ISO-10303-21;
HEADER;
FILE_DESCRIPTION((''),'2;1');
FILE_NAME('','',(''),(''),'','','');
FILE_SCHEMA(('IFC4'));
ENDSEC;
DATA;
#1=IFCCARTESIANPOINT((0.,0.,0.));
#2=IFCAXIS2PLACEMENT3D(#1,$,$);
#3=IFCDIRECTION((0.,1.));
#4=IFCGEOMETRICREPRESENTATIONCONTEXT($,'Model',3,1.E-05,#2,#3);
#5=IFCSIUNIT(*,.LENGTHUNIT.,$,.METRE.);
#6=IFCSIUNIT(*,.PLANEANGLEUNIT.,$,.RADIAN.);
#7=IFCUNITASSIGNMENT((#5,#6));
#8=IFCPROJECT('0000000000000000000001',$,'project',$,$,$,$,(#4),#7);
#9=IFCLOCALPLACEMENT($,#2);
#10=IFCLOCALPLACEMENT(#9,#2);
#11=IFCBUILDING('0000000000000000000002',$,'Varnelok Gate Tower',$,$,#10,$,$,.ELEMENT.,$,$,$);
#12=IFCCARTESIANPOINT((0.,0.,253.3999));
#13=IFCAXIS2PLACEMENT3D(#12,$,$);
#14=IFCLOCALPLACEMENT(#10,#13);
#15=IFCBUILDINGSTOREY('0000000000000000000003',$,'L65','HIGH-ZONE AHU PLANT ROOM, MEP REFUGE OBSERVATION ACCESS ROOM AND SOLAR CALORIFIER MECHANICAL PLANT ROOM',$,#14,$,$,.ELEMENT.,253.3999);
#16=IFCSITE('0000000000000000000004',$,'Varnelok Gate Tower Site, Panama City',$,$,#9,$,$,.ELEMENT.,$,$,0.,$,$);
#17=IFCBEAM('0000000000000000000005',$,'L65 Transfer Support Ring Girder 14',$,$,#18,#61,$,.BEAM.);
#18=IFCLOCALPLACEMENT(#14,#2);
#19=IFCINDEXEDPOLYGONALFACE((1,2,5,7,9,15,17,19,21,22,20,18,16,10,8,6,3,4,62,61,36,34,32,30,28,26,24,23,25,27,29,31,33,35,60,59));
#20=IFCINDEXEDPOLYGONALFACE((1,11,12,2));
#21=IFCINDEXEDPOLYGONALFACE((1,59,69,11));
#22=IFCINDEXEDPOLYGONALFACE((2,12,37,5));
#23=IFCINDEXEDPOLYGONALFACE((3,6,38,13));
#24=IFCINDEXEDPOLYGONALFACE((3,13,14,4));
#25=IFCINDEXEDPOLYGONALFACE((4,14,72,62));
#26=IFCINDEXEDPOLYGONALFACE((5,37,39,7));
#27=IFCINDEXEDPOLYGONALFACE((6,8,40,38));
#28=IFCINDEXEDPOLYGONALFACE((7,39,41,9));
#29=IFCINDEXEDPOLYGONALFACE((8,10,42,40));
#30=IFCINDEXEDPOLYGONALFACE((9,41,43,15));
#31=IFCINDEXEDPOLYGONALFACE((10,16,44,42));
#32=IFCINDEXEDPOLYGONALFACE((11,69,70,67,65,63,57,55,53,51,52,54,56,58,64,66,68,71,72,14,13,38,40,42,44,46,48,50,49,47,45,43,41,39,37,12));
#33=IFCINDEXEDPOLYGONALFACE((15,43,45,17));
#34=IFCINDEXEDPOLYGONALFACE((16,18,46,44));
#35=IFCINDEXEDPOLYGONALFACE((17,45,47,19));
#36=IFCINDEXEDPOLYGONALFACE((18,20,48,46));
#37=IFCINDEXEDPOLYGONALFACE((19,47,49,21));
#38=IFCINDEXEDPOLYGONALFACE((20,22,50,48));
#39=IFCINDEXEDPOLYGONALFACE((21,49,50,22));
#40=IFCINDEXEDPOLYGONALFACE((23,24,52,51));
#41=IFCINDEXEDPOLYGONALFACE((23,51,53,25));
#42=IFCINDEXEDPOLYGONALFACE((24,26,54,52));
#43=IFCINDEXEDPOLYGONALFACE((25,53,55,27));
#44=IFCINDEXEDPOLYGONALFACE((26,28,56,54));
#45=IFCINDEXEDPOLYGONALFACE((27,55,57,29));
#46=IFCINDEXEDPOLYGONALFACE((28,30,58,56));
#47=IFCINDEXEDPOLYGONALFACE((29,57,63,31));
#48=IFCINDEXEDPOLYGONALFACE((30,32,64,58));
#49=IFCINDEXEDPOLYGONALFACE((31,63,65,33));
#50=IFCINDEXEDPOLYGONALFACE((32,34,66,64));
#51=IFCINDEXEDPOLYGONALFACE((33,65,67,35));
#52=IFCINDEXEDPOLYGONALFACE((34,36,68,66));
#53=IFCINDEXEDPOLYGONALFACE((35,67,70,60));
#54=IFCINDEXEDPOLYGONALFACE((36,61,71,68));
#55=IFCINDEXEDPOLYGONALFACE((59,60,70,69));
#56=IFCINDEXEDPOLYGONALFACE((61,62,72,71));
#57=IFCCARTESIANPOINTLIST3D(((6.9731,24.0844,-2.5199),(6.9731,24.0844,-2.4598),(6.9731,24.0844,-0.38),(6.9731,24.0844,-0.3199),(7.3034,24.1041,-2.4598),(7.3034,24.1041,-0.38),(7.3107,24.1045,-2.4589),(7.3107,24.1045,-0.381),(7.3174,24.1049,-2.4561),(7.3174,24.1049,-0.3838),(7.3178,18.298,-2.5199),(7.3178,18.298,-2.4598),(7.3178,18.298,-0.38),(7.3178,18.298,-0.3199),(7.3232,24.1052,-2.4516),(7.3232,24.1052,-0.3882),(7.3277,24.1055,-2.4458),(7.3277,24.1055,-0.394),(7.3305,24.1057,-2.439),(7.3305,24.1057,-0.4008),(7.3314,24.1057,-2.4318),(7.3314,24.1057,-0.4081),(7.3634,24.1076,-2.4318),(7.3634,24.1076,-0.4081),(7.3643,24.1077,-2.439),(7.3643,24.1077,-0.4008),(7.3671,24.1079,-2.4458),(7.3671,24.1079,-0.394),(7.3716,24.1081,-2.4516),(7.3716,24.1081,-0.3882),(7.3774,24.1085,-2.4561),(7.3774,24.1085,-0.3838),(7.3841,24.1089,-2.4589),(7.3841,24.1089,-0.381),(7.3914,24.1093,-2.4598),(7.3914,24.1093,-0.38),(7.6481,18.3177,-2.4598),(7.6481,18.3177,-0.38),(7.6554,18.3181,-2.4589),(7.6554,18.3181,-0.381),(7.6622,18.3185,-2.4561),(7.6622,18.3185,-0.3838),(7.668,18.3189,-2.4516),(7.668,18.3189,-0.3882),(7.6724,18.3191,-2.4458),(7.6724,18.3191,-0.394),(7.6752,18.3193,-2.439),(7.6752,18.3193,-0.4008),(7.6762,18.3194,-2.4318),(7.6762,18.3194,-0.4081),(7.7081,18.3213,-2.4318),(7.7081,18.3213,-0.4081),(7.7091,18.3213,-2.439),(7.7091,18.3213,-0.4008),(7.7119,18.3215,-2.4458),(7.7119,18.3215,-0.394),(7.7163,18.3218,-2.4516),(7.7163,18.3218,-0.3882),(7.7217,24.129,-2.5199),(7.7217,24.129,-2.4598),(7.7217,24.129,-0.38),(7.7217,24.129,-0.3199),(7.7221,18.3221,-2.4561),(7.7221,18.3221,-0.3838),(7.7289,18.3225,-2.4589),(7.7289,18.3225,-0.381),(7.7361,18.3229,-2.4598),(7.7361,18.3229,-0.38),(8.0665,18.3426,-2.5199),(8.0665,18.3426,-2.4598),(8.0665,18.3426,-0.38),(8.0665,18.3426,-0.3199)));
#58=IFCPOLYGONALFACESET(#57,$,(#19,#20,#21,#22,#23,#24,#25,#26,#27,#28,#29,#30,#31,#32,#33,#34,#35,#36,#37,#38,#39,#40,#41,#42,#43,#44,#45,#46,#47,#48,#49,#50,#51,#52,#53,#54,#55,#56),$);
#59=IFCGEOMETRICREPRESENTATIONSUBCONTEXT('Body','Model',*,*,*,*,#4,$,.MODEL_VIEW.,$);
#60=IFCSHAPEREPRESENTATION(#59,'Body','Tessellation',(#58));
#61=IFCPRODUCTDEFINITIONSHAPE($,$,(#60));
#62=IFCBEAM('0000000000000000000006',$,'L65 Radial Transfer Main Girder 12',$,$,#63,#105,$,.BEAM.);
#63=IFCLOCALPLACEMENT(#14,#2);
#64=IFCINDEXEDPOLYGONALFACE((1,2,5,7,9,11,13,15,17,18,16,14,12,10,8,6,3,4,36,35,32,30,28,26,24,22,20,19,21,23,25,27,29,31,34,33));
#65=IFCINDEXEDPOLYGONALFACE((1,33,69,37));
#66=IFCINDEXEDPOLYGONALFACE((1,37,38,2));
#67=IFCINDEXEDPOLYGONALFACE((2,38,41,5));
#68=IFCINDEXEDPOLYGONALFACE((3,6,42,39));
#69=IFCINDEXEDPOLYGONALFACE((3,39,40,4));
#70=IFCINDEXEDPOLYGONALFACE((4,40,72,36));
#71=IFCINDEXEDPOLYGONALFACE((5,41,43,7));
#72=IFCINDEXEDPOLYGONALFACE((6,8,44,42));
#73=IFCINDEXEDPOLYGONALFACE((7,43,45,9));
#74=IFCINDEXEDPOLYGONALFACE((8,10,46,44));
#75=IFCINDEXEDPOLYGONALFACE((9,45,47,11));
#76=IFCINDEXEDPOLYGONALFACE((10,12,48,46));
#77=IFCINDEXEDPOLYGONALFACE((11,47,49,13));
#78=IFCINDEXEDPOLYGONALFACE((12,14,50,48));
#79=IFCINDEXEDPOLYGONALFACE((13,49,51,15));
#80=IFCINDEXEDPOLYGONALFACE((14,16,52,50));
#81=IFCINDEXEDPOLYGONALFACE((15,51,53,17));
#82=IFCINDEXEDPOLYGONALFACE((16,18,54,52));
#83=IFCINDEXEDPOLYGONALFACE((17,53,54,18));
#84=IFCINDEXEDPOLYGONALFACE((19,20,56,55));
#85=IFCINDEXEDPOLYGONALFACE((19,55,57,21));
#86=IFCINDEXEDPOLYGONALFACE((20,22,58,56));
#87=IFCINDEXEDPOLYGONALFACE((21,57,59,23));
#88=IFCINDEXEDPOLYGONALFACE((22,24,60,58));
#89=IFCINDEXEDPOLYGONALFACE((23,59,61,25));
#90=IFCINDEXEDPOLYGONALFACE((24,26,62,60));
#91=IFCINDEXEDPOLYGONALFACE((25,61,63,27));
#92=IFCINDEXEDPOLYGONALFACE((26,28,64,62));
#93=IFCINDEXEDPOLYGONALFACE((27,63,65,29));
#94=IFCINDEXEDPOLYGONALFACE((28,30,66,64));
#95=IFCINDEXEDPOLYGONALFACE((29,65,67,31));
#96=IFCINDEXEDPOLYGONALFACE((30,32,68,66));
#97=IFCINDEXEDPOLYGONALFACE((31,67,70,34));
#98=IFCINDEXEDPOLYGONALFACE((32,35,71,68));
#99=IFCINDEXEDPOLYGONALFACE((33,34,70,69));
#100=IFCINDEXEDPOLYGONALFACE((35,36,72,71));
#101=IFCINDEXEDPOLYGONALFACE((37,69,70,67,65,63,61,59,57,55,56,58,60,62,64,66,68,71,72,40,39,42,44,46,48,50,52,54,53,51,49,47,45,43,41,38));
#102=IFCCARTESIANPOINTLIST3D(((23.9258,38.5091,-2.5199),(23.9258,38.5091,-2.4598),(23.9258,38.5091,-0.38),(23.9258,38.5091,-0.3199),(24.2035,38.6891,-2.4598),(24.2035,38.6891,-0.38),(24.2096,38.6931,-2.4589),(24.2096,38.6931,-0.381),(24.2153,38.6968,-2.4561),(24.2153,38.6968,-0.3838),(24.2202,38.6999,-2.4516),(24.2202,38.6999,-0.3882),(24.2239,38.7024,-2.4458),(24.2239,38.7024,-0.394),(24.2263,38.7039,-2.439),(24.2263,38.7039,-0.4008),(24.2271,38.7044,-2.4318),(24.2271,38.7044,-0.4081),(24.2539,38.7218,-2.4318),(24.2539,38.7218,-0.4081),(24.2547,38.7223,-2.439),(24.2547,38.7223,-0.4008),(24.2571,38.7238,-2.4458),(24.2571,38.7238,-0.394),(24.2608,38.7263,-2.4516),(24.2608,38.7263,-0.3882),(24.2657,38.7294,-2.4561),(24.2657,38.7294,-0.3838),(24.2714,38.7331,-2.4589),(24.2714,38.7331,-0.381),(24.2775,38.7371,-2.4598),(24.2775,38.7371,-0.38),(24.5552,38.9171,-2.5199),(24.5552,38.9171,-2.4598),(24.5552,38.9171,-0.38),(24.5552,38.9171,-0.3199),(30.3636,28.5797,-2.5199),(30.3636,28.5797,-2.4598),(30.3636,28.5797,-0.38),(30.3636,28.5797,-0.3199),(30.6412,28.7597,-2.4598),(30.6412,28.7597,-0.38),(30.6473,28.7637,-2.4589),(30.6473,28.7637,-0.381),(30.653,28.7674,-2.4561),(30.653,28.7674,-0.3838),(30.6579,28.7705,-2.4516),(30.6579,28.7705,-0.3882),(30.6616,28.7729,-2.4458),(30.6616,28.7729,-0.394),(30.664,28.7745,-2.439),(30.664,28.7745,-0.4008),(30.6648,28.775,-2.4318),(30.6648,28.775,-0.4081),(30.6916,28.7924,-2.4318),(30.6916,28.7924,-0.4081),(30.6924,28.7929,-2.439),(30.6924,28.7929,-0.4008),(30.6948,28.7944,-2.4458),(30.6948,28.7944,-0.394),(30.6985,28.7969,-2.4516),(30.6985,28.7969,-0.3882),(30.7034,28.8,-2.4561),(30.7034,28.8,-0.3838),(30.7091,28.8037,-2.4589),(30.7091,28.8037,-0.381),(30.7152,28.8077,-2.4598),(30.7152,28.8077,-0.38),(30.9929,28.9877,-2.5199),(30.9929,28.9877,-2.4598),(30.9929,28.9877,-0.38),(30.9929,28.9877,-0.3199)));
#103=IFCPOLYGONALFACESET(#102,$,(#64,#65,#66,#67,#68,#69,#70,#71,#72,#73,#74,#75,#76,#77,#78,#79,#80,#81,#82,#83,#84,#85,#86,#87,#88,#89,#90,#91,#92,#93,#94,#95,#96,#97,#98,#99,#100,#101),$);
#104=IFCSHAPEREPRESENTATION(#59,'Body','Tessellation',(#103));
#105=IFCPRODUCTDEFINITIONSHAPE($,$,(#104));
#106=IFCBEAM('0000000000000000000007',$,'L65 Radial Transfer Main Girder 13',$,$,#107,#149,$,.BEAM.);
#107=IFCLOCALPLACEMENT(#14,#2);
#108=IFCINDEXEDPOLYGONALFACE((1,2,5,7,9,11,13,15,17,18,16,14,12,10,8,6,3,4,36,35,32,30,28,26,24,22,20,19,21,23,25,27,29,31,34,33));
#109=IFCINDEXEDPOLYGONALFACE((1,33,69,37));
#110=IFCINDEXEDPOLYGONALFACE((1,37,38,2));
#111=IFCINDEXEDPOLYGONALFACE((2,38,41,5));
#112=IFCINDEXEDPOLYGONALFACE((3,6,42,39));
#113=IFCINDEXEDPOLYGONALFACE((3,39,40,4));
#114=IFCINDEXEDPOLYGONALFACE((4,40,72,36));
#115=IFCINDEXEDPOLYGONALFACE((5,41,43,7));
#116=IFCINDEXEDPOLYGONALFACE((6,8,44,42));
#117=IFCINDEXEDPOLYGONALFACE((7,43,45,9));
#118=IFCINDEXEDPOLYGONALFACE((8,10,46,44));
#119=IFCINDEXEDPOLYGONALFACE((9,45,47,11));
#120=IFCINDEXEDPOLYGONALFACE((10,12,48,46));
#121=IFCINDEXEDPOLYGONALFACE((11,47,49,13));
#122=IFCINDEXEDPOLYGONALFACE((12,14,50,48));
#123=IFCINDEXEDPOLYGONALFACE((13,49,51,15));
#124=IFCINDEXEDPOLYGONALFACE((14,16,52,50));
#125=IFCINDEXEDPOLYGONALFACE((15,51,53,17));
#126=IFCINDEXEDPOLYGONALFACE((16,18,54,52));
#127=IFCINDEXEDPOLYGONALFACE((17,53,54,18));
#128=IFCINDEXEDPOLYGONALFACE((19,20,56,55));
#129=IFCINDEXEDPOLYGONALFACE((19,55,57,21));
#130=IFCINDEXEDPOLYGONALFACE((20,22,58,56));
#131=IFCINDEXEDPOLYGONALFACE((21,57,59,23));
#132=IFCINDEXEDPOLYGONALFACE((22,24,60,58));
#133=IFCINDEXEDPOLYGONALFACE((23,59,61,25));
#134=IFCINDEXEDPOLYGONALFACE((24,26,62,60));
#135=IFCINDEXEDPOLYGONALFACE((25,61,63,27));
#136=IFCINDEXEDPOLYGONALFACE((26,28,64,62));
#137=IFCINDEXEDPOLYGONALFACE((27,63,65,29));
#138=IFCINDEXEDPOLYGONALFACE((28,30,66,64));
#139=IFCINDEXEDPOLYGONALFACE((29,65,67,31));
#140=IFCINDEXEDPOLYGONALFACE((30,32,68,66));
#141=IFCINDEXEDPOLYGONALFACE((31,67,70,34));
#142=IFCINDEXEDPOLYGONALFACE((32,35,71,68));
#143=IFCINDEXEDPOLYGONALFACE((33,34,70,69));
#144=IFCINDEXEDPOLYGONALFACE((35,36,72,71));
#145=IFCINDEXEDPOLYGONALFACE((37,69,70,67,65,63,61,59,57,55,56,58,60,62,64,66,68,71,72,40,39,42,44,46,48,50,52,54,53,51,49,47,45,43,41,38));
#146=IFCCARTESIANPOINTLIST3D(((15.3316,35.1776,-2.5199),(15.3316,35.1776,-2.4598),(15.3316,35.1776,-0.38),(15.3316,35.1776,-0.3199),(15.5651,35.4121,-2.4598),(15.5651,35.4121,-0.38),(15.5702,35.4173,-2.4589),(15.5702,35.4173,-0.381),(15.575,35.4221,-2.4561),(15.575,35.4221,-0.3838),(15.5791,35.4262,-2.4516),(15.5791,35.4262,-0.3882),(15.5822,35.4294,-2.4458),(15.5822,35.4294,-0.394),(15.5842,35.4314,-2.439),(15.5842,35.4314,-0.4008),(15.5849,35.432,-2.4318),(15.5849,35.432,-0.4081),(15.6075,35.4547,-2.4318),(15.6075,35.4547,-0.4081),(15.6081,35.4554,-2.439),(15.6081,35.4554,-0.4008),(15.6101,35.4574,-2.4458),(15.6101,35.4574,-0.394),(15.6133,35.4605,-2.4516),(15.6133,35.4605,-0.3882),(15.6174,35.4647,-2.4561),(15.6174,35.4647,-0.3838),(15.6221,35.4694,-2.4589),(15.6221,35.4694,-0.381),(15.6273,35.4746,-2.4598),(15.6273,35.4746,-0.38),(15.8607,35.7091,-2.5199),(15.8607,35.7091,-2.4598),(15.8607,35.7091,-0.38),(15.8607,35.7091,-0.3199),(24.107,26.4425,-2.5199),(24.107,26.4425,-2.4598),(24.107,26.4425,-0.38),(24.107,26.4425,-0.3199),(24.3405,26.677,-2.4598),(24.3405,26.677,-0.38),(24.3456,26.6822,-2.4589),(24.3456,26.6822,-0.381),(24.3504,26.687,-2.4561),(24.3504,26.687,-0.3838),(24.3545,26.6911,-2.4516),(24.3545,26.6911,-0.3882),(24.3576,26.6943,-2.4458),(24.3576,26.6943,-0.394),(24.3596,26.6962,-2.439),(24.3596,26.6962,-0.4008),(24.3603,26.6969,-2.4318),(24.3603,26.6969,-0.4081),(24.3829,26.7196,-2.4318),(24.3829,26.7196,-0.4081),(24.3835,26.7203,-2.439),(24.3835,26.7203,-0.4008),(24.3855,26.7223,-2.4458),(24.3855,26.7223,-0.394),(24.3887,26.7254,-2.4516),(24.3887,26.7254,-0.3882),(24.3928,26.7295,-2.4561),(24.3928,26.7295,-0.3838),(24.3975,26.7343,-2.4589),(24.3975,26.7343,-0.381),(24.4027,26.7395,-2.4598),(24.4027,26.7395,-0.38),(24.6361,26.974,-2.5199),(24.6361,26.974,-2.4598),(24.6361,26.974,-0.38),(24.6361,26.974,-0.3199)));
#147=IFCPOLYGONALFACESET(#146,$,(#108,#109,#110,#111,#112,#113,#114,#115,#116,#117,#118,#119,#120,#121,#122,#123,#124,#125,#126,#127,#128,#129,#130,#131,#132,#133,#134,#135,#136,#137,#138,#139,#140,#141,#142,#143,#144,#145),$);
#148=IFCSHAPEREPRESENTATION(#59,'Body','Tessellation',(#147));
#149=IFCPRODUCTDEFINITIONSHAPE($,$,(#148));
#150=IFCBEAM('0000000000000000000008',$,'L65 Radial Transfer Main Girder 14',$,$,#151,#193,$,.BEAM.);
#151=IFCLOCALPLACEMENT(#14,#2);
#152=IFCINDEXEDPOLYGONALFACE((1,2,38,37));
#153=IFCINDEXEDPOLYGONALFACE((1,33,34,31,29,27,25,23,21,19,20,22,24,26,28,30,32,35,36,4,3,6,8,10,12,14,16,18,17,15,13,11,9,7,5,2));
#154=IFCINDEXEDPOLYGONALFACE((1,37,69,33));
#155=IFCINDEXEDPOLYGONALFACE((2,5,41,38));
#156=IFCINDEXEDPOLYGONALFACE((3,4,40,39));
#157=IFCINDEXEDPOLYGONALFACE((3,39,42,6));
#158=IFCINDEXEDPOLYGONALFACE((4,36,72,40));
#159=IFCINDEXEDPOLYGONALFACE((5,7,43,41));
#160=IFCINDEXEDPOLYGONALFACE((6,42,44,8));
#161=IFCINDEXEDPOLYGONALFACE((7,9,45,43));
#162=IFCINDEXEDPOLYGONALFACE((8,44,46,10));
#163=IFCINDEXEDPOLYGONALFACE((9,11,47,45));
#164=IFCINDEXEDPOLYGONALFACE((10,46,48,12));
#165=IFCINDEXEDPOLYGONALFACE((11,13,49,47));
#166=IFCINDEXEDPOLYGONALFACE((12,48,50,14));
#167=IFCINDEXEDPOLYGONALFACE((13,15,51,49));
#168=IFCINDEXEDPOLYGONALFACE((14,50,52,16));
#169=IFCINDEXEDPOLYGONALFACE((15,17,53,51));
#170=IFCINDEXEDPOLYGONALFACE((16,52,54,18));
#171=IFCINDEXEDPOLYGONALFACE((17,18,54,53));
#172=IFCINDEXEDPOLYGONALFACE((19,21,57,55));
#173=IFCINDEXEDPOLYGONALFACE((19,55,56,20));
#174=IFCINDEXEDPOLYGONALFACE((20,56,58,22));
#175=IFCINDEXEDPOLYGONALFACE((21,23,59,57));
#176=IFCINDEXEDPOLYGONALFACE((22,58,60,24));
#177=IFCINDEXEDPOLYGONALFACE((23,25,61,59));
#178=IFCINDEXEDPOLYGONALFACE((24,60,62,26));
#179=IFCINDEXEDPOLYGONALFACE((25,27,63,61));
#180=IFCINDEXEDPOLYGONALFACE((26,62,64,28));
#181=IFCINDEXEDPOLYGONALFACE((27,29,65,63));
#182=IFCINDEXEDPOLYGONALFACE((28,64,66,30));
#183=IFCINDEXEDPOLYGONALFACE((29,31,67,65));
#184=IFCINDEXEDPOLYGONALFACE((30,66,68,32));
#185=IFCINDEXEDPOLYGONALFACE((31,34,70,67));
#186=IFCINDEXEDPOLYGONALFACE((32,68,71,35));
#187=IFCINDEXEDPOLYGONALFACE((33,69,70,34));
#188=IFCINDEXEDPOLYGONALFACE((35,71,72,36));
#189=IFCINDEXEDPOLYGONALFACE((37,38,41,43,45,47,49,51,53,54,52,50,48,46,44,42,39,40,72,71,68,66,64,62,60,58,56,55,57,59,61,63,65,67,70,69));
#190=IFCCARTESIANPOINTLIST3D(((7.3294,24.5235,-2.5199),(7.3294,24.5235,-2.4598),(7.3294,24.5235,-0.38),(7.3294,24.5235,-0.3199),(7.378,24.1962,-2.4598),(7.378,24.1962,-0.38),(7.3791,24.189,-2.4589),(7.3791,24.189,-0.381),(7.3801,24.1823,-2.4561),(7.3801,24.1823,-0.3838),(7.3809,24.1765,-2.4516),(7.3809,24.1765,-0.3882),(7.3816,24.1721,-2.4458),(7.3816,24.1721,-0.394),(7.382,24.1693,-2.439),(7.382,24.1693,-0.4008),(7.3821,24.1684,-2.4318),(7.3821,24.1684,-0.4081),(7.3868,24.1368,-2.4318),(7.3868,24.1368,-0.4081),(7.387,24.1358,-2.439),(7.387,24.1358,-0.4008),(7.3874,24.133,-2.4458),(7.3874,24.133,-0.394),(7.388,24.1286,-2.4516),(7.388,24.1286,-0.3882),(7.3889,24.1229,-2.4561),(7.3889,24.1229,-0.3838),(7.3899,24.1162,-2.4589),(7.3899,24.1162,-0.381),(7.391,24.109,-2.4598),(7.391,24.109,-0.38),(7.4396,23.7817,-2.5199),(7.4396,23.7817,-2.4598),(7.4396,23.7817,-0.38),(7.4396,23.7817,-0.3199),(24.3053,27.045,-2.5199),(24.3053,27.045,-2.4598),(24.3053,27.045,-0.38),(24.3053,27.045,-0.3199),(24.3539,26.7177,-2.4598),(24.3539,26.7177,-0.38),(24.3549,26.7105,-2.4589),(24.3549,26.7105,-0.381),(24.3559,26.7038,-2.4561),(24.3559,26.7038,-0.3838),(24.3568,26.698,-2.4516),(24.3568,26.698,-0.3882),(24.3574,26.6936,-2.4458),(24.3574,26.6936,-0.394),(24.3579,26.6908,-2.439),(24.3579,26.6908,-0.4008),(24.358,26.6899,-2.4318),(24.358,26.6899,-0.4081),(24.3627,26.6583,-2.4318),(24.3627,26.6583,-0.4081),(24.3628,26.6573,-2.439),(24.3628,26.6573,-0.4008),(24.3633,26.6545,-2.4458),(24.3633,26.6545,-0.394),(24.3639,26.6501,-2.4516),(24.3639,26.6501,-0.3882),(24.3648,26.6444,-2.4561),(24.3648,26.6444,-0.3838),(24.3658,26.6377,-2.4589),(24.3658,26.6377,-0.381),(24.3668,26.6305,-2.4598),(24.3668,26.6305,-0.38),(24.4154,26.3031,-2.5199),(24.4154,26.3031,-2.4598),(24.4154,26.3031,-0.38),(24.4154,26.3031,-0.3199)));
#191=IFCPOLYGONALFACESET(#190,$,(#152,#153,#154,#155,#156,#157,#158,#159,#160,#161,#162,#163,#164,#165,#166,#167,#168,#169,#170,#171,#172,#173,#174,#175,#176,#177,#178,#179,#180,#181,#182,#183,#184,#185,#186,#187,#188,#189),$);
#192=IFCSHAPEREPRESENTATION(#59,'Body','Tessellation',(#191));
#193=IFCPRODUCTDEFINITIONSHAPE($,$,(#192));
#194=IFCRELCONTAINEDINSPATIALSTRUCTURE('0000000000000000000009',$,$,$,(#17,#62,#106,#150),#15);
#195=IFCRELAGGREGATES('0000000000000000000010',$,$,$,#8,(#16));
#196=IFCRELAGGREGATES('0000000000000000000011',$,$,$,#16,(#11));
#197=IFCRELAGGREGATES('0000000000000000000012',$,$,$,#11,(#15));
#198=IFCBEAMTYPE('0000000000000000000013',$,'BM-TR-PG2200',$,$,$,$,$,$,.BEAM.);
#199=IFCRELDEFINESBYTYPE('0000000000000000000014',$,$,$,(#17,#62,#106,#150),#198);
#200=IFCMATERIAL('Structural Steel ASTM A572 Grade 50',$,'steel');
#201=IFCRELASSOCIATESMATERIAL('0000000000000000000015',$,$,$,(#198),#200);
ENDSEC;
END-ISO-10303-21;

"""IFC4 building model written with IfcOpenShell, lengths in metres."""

from ifc_helpers import new_model, si_unit, direction, frame, origin, origin_2d, place, context, subcontext, project, spatial, i_section, extrude, material, material_profile, profile_set, type_object, element, save


model = new_model("IFC4")

# Units and contexts
model_context = context("Model", 3, precision=1e-05, world=origin(), true_north=direction((0.0, 1.0)))
body_context = subcontext(model_context, "Body", "Model", "MODEL_VIEW")
ifc_project = project(units=[si_unit("LENGTHUNIT", "METRE"), si_unit("PLANEANGLEUNIT", "RADIAN")], contexts=[model_context])

# Site, building, storey
site_placement = place(None, origin())
site = spatial("IfcSite", under=ifc_project, at=site_placement, Name="Varnelok Gate Tower Site, Panama City", CompositionType="ELEMENT", RefElevation=0.0)
building_placement = place(site_placement, origin())
building = spatial("IfcBuilding", under=site, at=building_placement, Name="Varnelok Gate Tower", CompositionType="ELEMENT")
storey_placement = place(building_placement, frame((0.0, 0.0, 253.3999)))
storey = spatial("IfcBuildingStorey", under=building, at=storey_placement, Name="L65", Description="HIGH-ZONE AHU PLANT ROOM, MEP REFUGE OBSERVATION ACCESS ROOM AND SOLAR CALORIFIER MECHANICAL PLANT ROOM", CompositionType="ELEMENT", Elevation=253.3999)

# Beams
ifc_material_1 = material(Name="Structural Steel ASTM A572 Grade 50", Category="steel")
ifc_material_profile_1 = material_profile(ifc_material_1, i_section(OverallWidth=0.75, OverallDepth=2.2, WebThickness=0.032, FlangeThickness=0.0601, FilletRadius=0.0281, at=origin_2d()), Name="PG2200X750")
ifc_profile_set_1 = profile_set([ifc_material_profile_1], Name="Structural Steel ASTM A572 Grade 50")
beam_type_1 = type_object("IfcBeamType", Name="BM-TR-PG2200", PredefinedType="BEAM", material=ifc_profile_set_1)
beam_1_placement = place(storey_placement, frame((7.3474, 24.1067, -1.4199), z_axis=(0.05947, -0.99823, 0.0), x_axis=(0.99823, 0.05947, 0.0)))
element("IfcBeam", 1, at=beam_1_placement, inside=storey, type_object=beam_type_1, Name="L65 Transfer Support Ring Girder 14", PredefinedType="BEAM", context=body_context, shape_type="SweptSolid", body=[
    extrude(i_section(OverallWidth=0.75, OverallDepth=2.2, WebThickness=0.032, FlangeThickness=0.0601, FilletRadius=0.0281, at=origin_2d()), origin(), (0.0, 0.0, 1.0), 5.7966),
])
beam_2_placement = place(storey_placement, frame((30.6782, 28.7837, -1.4199), z_axis=(-0.544014, 0.839076, 0.0), x_axis=(-0.839076, -0.544014, 0.0)))
element("IfcBeam", 2, at=beam_2_placement, inside=storey, type_object=beam_type_1, Name="L65 Radial Transfer Main Girder 12", PredefinedType="BEAM", context=body_context, shape_type="SweptSolid", body=[
    extrude(i_section(OverallWidth=0.75, OverallDepth=2.2, WebThickness=0.032, FlangeThickness=0.0601, FilletRadius=0.0281, at=origin_2d()), origin(), (0.0, 0.0, 1.0), 11.8337),
])
beam_3_placement = place(storey_placement, frame((24.3716, 26.7083, -1.4199), z_axis=(-0.708732, 0.705478, 0.0), x_axis=(-0.705478, -0.708732, 0.0)))
element("IfcBeam", 3, at=beam_3_placement, inside=storey, type_object=beam_type_1, Name="L65 Radial Transfer Main Girder 13", PredefinedType="BEAM", context=body_context, shape_type="SweptSolid", body=[
    extrude(i_section(OverallWidth=0.75, OverallDepth=2.2, WebThickness=0.032, FlangeThickness=0.0601, FilletRadius=0.0281, at=origin_2d()), origin(), (0.0, 0.0, 1.0), 12.3818),
])
beam_4_placement = place(storey_placement, frame((24.3604, 26.6741, -1.4199), z_axis=(-0.989148, -0.146922, 0.0), x_axis=(0.146922, -0.989148, 0.0)))
element("IfcBeam", 4, at=beam_4_placement, inside=storey, type_object=beam_type_1, Name="L65 Radial Transfer Main Girder 14", PredefinedType="BEAM", context=body_context, shape_type="SweptSolid", body=[
    extrude(i_section(OverallWidth=0.75, OverallDepth=2.2, WebThickness=0.032, FlangeThickness=0.0601, FilletRadius=0.0281, at=origin_2d()), origin(), (0.0, 0.0, 1.0), 17.1621),
])

save(model, "model.ifc")
